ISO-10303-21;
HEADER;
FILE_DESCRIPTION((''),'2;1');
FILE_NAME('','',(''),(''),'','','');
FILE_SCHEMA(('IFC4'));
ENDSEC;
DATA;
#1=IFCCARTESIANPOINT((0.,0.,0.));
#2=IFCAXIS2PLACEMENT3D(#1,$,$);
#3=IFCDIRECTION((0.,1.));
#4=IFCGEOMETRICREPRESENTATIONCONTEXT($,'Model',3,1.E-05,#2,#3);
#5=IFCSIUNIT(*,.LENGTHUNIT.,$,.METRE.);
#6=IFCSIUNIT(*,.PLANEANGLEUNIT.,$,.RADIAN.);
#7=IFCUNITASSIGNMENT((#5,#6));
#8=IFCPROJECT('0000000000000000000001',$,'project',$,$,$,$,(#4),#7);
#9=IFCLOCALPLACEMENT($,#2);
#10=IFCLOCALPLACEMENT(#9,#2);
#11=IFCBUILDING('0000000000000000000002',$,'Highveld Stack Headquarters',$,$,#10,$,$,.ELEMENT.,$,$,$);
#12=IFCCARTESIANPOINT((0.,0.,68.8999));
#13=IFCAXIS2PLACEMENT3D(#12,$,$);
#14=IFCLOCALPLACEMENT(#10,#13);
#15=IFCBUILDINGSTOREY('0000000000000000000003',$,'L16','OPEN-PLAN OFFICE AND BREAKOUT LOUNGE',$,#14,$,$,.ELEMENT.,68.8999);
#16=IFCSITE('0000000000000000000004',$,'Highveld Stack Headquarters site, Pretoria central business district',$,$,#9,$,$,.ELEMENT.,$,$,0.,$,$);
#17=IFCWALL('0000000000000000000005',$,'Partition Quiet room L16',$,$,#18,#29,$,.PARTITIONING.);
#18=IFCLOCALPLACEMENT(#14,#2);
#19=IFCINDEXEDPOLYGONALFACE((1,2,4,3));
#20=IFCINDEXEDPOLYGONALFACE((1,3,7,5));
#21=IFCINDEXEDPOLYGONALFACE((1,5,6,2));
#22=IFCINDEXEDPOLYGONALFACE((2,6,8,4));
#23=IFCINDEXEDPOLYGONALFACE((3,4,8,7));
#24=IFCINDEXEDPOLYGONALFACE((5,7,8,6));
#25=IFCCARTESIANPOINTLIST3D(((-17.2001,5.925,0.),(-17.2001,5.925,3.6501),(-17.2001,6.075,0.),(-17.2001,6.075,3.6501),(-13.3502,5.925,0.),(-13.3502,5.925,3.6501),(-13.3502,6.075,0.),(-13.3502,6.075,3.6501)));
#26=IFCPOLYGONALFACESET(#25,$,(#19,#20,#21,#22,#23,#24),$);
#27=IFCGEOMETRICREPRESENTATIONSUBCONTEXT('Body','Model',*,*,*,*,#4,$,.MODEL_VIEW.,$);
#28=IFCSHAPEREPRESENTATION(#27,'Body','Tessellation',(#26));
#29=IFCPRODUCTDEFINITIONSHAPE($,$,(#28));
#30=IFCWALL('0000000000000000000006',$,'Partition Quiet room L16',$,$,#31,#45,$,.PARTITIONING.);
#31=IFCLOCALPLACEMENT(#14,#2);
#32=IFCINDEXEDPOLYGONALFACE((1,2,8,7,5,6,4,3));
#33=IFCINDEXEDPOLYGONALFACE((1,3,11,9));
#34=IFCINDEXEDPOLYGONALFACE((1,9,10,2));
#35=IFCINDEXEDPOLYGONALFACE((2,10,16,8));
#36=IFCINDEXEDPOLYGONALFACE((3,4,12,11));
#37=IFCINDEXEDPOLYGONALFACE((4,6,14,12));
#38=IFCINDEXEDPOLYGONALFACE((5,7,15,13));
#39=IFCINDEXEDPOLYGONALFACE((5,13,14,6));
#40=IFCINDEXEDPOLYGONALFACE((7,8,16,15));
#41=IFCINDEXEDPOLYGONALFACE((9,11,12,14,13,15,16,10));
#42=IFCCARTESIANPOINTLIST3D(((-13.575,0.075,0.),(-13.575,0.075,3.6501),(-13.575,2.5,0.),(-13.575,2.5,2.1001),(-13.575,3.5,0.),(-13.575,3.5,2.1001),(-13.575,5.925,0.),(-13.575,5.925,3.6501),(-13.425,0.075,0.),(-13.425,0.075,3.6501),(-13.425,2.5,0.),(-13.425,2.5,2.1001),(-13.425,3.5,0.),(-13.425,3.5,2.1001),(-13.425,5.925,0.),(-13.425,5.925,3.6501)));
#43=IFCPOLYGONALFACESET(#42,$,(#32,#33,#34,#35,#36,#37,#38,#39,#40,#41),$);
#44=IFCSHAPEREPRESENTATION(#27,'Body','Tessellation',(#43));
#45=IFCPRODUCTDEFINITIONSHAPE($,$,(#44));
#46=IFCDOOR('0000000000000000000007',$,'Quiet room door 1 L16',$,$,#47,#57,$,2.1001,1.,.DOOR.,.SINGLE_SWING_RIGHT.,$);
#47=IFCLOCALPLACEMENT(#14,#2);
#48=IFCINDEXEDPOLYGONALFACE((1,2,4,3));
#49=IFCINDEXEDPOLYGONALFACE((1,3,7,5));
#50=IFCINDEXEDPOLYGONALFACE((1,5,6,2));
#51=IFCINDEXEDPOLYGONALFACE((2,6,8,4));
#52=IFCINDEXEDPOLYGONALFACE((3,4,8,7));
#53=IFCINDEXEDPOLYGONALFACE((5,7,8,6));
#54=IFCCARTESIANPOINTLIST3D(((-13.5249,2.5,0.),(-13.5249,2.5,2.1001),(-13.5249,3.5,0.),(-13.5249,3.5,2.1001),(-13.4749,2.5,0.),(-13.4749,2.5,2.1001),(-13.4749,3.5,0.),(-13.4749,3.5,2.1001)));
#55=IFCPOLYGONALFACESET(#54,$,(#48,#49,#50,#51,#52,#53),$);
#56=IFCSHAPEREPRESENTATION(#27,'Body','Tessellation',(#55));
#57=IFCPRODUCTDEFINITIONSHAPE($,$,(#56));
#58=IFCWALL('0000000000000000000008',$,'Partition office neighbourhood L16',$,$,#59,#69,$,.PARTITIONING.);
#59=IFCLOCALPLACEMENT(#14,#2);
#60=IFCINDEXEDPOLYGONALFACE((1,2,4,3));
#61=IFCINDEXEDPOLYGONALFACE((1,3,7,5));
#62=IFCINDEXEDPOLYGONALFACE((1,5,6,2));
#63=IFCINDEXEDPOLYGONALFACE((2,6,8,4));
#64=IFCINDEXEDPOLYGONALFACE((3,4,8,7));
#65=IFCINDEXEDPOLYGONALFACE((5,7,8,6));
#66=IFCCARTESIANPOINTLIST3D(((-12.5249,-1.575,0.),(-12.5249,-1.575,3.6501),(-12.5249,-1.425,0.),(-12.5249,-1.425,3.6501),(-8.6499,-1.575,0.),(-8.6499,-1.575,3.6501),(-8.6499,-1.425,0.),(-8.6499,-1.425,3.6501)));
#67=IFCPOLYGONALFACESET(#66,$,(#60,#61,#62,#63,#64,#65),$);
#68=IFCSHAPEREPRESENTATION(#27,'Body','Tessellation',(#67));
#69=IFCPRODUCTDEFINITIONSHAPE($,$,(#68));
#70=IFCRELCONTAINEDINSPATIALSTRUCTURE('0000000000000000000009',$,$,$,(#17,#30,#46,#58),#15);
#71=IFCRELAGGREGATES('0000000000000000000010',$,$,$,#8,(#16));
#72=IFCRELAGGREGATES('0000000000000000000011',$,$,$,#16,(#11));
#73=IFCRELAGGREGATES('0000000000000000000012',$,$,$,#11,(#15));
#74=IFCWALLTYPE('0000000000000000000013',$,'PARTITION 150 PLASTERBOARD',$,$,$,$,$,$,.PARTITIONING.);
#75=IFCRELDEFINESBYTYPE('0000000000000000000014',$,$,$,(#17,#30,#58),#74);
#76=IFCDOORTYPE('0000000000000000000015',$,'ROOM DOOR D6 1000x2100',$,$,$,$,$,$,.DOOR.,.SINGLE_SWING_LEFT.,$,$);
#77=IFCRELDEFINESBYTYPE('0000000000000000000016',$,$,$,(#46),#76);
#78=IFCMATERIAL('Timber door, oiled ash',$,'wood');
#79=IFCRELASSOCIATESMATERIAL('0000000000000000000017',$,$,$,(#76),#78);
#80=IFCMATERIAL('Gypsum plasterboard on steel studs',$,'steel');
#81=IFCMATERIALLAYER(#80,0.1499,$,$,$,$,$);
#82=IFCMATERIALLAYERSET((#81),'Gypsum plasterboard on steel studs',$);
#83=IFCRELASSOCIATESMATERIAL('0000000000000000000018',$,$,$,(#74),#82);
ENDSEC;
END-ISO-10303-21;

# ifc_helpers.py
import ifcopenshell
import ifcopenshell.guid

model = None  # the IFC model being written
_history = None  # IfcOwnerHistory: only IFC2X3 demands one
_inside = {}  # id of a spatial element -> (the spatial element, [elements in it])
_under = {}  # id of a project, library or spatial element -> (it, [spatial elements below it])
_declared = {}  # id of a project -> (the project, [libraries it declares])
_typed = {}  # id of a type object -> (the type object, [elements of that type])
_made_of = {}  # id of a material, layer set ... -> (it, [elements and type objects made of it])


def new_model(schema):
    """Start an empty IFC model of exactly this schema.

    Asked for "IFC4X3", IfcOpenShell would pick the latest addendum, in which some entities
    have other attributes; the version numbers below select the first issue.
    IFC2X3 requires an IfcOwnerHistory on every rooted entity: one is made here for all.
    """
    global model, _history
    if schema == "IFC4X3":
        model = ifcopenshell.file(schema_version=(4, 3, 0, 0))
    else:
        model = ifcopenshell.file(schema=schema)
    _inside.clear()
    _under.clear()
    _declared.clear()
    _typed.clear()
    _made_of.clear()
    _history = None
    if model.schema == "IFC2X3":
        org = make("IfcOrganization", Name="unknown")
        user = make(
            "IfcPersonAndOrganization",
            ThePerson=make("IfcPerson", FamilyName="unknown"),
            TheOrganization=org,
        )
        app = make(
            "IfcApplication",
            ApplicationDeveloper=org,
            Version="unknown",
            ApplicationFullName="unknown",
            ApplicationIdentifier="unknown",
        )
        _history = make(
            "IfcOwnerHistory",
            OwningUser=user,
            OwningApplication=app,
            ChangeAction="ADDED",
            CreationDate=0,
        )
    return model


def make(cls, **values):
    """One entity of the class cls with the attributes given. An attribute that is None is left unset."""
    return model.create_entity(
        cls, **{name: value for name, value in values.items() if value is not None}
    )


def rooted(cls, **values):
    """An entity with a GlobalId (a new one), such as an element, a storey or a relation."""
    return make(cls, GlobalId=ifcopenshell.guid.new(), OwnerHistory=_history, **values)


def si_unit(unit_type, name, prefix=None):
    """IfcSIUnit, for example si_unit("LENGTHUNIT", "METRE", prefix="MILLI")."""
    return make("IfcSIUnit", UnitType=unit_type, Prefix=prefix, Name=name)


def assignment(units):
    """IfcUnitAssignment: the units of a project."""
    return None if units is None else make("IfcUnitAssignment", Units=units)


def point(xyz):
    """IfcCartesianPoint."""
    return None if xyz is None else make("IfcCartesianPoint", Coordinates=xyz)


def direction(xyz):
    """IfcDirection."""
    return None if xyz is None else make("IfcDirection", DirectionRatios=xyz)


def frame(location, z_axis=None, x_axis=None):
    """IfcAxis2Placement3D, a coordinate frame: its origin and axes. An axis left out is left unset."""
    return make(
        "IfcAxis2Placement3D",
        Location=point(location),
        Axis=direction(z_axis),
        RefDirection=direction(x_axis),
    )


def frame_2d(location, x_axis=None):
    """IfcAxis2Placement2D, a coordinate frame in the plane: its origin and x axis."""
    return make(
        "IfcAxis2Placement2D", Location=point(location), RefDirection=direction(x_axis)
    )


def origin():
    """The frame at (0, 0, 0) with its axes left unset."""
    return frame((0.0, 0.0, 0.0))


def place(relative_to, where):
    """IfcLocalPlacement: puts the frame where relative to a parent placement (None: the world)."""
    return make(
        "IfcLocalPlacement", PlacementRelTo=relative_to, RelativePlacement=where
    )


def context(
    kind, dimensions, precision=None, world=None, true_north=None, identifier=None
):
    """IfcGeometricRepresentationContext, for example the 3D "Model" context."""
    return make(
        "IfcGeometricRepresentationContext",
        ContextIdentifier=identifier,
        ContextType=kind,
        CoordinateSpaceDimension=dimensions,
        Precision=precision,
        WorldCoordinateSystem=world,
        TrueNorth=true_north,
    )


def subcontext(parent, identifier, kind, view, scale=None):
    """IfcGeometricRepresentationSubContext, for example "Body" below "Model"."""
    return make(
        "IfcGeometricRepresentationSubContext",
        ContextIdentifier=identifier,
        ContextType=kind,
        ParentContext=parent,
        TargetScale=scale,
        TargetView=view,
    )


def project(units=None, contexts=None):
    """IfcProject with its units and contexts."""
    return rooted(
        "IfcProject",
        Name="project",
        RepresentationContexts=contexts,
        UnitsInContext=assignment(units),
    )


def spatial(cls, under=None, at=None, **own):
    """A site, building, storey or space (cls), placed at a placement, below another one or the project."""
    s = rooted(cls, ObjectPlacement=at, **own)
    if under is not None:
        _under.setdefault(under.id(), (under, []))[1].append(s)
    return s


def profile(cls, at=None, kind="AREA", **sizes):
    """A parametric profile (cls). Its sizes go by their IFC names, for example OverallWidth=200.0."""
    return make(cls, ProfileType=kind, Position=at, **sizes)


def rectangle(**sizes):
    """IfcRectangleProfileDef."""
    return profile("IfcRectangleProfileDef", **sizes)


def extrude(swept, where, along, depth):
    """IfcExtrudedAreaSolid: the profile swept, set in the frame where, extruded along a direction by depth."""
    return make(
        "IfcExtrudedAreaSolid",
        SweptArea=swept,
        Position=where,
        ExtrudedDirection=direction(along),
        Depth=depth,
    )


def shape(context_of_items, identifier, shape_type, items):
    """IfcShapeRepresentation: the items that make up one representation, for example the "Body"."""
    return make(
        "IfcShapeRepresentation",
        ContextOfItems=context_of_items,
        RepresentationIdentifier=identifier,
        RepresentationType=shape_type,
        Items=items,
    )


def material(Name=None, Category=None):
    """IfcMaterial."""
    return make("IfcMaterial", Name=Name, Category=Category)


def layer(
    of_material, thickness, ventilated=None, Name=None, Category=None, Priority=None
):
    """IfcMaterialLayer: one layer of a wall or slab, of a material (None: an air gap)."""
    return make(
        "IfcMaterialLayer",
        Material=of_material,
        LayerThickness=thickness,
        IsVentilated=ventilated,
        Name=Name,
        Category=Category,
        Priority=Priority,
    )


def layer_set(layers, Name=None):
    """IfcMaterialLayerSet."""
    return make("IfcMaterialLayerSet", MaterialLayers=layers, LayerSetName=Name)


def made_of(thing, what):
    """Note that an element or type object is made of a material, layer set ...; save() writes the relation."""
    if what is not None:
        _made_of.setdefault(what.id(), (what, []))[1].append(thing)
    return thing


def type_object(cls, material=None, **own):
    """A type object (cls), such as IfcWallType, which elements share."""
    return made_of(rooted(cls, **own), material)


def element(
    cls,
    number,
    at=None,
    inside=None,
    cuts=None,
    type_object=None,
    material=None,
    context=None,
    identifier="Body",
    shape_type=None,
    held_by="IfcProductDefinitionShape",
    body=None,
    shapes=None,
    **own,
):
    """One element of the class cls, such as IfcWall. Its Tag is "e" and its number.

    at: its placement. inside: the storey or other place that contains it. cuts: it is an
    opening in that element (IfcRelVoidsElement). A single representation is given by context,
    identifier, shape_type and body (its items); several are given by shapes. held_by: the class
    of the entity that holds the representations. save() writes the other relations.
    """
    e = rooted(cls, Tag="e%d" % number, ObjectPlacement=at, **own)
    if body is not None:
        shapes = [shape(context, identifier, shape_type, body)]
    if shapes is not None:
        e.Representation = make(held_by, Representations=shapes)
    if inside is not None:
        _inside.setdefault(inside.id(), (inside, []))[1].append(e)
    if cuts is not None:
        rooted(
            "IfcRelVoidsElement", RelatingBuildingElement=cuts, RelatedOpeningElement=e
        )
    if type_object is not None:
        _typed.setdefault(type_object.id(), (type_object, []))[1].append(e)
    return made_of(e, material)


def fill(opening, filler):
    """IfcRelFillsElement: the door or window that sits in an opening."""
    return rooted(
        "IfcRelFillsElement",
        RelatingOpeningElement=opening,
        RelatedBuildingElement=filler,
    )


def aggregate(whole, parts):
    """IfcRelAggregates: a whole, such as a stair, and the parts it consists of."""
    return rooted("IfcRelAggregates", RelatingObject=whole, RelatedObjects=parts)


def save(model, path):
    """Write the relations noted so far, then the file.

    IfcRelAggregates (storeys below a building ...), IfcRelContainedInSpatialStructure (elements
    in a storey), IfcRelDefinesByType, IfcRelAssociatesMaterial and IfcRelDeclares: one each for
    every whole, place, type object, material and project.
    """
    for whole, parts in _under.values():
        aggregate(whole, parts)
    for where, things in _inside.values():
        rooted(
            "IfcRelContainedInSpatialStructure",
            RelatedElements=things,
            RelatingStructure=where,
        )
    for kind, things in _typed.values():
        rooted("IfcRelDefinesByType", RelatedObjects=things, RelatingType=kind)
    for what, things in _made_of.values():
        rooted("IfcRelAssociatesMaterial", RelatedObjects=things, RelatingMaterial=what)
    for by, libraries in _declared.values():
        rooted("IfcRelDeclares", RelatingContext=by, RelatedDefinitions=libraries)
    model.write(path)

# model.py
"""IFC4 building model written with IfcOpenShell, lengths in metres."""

from ifc_helpers import new_model, si_unit, direction, frame, frame_2d, origin, place, context, subcontext, project, spatial, rectangle, extrude, material, layer, layer_set, type_object, element, fill, save


model = new_model("IFC4")

# Units and contexts
model_context = context("Model", 3, precision=1e-05, world=origin(), true_north=direction((0.0, 1.0)))
body_context = subcontext(model_context, "Body", "Model", "MODEL_VIEW")
ifc_project = project(units=[si_unit("LENGTHUNIT", "METRE"), si_unit("PLANEANGLEUNIT", "RADIAN")], contexts=[model_context])

# Site, building, storey
site_placement = place(None, origin())
site = spatial("IfcSite", under=ifc_project, at=site_placement, Name="Highveld Stack Headquarters site, Pretoria central business district", CompositionType="ELEMENT", RefElevation=0.0)
building_placement = place(site_placement, origin())
building = spatial("IfcBuilding", under=site, at=building_placement, Name="Highveld Stack Headquarters", CompositionType="ELEMENT")
storey_placement = place(building_placement, frame((0.0, 0.0, 68.8999)))
storey = spatial("IfcBuildingStorey", under=building, at=storey_placement, Name="L16", Description="OPEN-PLAN OFFICE AND BREAKOUT LOUNGE", CompositionType="ELEMENT", Elevation=68.8999)

# Shared definitions
ifc_material_1 = material(Name="Timber door, oiled ash", Category="wood")
door_type = type_object("IfcDoorType", Name="ROOM DOOR D6 1000x2100", OperationType="SINGLE_SWING_LEFT", PredefinedType="DOOR", material=ifc_material_1)

# Wall
ifc_material_2 = material(Name="Gypsum plasterboard on steel studs", Category="steel")
ifc_layer_1 = layer(ifc_material_2, 0.1499)
ifc_layer_set_1 = layer_set([ifc_layer_1], Name="Gypsum plasterboard on steel studs")
wall_type_1 = type_object("IfcWallType", Name="PARTITION 150 PLASTERBOARD", PredefinedType="PARTITIONING", material=ifc_layer_set_1)
wall_1_placement = place(storey_placement, frame((-17.2, 6.0, 0.0), z_axis=(0.0, 0.0, 1.0), x_axis=(1.0, 0.0, 0.0)))
element("IfcWall", 1, at=wall_1_placement, inside=storey, type_object=wall_type_1, Name="Partition Quiet room L16", PredefinedType="PARTITIONING", context=body_context, shape_type="SweptSolid", body=[
    extrude(rectangle(XDim=3.8499, YDim=0.1499, at=frame_2d((1.9248, 0.0))), origin(), (0.0, 0.0, 1.0), 3.6501),
])

# Wall, opening, door
wall_2_placement = place(storey_placement, frame((-13.5, 0.075, 0.0), z_axis=(0.0, 0.0, 1.0), x_axis=(0.0, 1.0, 0.0)))
wall_2 = element("IfcWall", 2, at=wall_2_placement, inside=storey, type_object=wall_type_1, Name="Partition Quiet room L16", PredefinedType="PARTITIONING", context=body_context, shape_type="SweptSolid", body=[
    extrude(rectangle(XDim=5.8501, YDim=0.1499, at=frame_2d((2.925, 0.0))), origin(), (0.0, 0.0, 1.0), 3.6501),
])
opening_1_placement = place(wall_2_placement, frame((2.425, 0.0, 0.0)))
opening_1 = element("IfcOpeningElement", 3, at=opening_1_placement, cuts=wall_2, PredefinedType="OPENING", context=body_context, shape_type="SweptSolid", body=[
    extrude(rectangle(XDim=1.0, YDim=2.1001, at=frame_2d((0.5, 1.05))), frame((0.0, 0.085, 0.0), z_axis=(0.0, -1.0, 0.0), x_axis=(1.0, 0.0, 0.0)), (0.0, 0.0, 1.0), 0.1699),
])
door_1_placement = place(opening_1_placement, origin())
door_1 = element("IfcDoor", 4, at=door_1_placement, inside=storey, type_object=door_type, Name="Quiet room door 1 L16", OperationType="SINGLE_SWING_RIGHT", OverallHeight=2.1001, OverallWidth=1.0, PredefinedType="DOOR", context=body_context, shape_type="SweptSolid", body=[
    extrude(rectangle(XDim=1.0, YDim=2.1001, at=frame_2d((0.5, 1.05))), frame((0.0, 0.0249, 0.0), z_axis=(0.0, -1.0, 0.0), x_axis=(1.0, 0.0, 0.0)), (0.0, 0.0, 1.0), 0.05),
])
fill(opening_1, door_1)

# Wall
wall_3_placement = place(storey_placement, frame((-12.5249, -1.5, 0.0), z_axis=(0.0, 0.0, 1.0), x_axis=(1.0, 0.0, 0.0)))
element("IfcWall", 5, at=wall_3_placement, inside=storey, type_object=wall_type_1, Name="Partition office neighbourhood L16", PredefinedType="PARTITIONING", context=body_context, shape_type="SweptSolid", body=[
    extrude(rectangle(XDim=3.875, YDim=0.1499, at=frame_2d((1.9375, 0.0))), origin(), (0.0, 0.0, 1.0), 3.6501),
])

save(model, "model.ifc")
